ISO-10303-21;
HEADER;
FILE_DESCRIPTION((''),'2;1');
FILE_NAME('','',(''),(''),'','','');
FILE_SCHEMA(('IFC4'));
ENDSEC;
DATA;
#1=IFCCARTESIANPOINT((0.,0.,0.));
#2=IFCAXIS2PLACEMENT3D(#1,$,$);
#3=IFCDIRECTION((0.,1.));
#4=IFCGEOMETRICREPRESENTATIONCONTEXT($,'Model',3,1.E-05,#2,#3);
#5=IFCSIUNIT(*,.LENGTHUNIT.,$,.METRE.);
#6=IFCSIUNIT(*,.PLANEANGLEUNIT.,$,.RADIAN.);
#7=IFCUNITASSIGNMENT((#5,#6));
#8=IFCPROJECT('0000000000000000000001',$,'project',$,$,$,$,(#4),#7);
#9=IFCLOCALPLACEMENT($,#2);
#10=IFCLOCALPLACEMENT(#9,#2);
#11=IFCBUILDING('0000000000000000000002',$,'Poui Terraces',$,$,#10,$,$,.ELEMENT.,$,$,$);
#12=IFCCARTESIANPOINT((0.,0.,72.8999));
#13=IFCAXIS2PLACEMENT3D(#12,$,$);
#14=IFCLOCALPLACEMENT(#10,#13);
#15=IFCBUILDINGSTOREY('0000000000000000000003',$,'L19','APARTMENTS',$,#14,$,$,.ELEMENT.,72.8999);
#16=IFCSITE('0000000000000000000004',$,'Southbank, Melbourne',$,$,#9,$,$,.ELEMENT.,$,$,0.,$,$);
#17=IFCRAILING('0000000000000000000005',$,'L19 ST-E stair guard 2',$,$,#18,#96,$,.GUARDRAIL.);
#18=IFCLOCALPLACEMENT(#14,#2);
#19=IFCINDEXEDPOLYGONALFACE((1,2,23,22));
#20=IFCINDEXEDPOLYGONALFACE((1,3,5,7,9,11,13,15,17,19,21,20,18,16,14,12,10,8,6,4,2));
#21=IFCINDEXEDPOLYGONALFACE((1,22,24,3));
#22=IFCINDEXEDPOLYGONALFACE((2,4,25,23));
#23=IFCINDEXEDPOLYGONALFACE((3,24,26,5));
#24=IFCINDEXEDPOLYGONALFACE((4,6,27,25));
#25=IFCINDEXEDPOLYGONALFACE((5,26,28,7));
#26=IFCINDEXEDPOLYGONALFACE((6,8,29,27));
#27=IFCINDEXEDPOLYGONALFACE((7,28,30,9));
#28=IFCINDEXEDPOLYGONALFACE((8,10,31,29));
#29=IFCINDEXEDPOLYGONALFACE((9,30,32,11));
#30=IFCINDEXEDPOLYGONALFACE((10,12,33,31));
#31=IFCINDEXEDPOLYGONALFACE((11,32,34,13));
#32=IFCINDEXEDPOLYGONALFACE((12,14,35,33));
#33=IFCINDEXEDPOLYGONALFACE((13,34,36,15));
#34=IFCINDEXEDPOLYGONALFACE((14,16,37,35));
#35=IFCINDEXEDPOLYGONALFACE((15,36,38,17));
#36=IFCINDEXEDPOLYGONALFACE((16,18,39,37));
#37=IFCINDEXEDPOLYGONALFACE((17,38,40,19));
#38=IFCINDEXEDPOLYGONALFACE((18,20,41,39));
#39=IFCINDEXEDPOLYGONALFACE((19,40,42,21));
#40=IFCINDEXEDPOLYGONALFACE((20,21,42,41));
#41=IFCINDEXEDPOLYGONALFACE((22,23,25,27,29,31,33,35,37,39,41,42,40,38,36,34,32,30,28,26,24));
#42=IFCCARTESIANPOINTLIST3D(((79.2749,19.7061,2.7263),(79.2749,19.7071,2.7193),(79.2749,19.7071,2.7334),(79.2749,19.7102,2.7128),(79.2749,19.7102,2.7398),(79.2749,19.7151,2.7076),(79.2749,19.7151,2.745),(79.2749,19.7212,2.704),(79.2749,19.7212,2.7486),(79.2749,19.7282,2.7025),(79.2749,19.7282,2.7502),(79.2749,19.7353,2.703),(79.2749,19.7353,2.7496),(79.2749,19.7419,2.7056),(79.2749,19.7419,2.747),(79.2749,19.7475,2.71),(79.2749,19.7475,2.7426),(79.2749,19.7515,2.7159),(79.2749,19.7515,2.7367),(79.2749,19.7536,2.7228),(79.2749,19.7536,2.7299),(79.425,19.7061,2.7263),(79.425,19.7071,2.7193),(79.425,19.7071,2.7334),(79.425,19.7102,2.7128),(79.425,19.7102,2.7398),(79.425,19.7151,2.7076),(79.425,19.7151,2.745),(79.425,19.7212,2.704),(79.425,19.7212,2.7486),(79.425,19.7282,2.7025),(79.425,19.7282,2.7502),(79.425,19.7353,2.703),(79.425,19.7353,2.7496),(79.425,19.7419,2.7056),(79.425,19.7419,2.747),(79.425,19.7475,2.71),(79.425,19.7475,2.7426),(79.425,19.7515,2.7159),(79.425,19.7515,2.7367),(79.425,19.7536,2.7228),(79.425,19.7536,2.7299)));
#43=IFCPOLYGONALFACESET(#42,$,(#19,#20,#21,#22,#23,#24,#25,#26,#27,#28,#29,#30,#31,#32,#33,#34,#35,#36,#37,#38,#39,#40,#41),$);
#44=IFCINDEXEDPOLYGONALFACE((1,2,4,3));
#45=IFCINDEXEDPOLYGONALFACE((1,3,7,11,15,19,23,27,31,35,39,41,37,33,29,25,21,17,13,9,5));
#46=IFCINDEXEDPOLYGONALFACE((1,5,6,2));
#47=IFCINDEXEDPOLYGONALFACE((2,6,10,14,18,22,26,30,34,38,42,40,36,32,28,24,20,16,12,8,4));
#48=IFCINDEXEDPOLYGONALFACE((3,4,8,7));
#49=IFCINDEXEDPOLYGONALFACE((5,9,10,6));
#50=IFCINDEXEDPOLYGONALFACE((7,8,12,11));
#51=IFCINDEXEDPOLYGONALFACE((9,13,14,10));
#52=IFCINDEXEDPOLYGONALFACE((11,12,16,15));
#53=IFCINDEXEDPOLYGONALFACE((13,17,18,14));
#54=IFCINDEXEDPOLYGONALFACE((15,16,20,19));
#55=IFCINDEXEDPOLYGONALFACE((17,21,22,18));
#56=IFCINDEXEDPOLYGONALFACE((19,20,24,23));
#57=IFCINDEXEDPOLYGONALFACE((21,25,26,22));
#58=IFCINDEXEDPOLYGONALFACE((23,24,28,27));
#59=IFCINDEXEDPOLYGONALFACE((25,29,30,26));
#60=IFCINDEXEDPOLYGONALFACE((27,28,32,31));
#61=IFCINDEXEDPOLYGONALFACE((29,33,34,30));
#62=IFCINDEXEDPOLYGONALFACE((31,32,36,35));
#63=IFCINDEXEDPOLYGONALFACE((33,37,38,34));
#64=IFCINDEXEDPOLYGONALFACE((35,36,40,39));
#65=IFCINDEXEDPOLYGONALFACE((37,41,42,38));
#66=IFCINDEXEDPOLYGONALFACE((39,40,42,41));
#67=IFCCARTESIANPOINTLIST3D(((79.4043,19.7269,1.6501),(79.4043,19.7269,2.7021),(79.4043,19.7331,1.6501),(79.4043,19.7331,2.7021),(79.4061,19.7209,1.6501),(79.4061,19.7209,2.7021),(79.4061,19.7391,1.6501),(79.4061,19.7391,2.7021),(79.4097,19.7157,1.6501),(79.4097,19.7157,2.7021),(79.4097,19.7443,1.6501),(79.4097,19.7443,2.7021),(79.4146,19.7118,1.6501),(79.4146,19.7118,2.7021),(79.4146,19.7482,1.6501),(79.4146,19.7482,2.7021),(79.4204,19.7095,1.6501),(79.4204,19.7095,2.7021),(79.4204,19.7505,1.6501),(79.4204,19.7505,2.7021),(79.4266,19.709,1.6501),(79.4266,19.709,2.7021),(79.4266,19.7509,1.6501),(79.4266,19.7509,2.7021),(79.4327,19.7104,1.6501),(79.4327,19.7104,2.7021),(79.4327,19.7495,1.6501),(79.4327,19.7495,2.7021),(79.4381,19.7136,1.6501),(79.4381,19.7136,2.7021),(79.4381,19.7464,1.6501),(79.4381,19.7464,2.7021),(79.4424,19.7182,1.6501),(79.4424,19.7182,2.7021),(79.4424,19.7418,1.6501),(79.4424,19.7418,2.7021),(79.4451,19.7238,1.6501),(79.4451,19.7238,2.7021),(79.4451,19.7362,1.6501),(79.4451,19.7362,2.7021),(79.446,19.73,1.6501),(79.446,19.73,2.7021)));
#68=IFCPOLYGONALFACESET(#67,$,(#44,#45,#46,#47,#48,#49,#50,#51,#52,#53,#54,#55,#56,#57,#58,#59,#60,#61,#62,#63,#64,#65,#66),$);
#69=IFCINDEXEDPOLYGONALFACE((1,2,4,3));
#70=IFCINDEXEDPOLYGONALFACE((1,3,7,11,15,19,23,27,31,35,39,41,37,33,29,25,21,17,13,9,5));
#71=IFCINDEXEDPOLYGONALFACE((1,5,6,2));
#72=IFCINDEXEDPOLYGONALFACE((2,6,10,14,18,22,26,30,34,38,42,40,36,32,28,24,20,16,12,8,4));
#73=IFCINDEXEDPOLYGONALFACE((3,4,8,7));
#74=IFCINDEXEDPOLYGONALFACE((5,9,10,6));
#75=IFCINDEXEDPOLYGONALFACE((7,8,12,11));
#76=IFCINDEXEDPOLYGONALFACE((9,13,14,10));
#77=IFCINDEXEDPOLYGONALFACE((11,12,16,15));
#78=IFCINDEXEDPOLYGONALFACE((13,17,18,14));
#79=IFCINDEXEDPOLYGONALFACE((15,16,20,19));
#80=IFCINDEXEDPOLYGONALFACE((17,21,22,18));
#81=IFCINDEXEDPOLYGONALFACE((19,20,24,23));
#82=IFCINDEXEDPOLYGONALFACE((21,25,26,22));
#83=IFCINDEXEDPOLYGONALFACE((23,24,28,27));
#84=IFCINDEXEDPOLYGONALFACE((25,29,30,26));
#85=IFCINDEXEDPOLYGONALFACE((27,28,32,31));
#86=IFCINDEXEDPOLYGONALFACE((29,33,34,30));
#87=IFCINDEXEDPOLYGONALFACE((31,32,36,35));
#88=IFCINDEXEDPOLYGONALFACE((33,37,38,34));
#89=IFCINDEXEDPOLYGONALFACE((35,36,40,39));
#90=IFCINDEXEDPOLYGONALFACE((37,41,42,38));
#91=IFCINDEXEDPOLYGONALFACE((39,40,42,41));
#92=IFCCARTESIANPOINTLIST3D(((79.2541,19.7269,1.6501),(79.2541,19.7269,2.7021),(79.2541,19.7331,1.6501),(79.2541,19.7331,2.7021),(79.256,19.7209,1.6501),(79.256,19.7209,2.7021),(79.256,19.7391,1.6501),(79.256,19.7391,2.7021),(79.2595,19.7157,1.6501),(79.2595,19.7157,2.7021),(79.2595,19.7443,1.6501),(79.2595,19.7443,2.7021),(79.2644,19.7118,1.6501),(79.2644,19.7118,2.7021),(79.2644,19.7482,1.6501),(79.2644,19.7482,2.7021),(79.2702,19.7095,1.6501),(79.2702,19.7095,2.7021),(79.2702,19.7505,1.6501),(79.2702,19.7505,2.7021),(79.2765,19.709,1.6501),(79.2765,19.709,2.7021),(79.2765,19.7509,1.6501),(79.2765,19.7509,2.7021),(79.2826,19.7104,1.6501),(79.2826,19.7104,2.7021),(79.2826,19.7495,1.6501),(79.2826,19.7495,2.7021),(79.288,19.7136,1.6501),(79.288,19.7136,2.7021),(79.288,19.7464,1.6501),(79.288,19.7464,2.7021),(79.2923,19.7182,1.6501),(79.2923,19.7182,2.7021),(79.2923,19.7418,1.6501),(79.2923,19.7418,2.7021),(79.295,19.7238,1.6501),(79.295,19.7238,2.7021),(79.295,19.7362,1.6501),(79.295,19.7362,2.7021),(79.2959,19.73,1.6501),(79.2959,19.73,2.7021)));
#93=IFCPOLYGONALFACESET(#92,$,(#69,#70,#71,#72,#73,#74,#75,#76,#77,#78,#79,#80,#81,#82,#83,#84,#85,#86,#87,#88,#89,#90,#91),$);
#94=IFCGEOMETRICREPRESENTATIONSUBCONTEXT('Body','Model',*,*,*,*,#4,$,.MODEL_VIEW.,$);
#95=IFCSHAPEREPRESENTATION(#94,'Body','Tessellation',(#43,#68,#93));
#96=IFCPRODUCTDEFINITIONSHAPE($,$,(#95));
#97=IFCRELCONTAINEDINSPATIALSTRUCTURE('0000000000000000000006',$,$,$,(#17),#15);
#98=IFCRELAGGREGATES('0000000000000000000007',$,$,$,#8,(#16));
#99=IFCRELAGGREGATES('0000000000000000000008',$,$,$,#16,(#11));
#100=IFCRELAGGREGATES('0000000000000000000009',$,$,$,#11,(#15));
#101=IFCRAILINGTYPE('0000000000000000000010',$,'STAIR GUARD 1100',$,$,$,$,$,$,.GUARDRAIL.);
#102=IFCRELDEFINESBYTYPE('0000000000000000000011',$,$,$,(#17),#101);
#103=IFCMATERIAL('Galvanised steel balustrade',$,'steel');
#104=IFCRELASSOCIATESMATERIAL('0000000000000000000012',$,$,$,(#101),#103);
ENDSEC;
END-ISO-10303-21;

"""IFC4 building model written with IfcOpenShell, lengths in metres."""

from ifc_helpers import new_model, si_unit, direction, frame, origin, origin_2d, place, context, subcontext, project, spatial, circle, extrude, material, type_object, element, save


model = new_model("IFC4")

# Units and contexts
model_context = context("Model", 3, precision=1e-05, world=origin(), true_north=direction((0.0, 1.0)))
body_context = subcontext(model_context, "Body", "Model", "MODEL_VIEW")
ifc_project = project(units=[si_unit("LENGTHUNIT", "METRE"), si_unit("PLANEANGLEUNIT", "RADIAN")], contexts=[model_context])

# Site, building, storey
site_placement = place(None, origin())
site = spatial("IfcSite", under=ifc_project, at=site_placement, Name="Southbank, Melbourne", CompositionType="ELEMENT", RefElevation=0.0)
building_placement = place(site_placement, origin())
building = spatial("IfcBuilding", under=site, at=building_placement, Name="Poui Terraces", CompositionType="ELEMENT")
storey_placement = place(building_placement, frame((0.0, 0.0, 72.8999)))
storey = spatial("IfcBuildingStorey", under=building, at=storey_placement, Name="L19", Description="APARTMENTS", CompositionType="ELEMENT", Elevation=72.8999)

# Railing
ifc_material_1 = material(Name="Galvanised steel balustrade", Category="steel")
railing_type_1 = type_object("IfcRailingType", Name="STAIR GUARD 1100", PredefinedType="GUARDRAIL", material=ifc_material_1)
railing_1_placement = place(storey_placement, frame((79.425, 19.73, 1.6501)))
element("IfcRailing", 1, at=railing_1_placement, inside=storey, type_object=railing_type_1, Name="L19 ST-E stair guard 2", PredefinedType="GUARDRAIL", context=body_context, shape_type="SweptSolid", body=[
    extrude(circle(Radius=0.0239, at=origin_2d()), frame((0.0, 0.0, 1.0762), z_axis=(-1.0, 0.0, 0.0), x_axis=(0.0, -1.0, 0.0)), (0.0, 0.0, 1.0), 0.1501),
    extrude(circle(Radius=0.021, at=origin_2d()), origin(), (0.0, 0.0, 1.0), 1.052),
    extrude(circle(Radius=0.021, at=origin_2d()), frame((-0.1501, 0.0, 0.0)), (0.0, 0.0, 1.0), 1.052),
])

save(model, "model.ifc")
